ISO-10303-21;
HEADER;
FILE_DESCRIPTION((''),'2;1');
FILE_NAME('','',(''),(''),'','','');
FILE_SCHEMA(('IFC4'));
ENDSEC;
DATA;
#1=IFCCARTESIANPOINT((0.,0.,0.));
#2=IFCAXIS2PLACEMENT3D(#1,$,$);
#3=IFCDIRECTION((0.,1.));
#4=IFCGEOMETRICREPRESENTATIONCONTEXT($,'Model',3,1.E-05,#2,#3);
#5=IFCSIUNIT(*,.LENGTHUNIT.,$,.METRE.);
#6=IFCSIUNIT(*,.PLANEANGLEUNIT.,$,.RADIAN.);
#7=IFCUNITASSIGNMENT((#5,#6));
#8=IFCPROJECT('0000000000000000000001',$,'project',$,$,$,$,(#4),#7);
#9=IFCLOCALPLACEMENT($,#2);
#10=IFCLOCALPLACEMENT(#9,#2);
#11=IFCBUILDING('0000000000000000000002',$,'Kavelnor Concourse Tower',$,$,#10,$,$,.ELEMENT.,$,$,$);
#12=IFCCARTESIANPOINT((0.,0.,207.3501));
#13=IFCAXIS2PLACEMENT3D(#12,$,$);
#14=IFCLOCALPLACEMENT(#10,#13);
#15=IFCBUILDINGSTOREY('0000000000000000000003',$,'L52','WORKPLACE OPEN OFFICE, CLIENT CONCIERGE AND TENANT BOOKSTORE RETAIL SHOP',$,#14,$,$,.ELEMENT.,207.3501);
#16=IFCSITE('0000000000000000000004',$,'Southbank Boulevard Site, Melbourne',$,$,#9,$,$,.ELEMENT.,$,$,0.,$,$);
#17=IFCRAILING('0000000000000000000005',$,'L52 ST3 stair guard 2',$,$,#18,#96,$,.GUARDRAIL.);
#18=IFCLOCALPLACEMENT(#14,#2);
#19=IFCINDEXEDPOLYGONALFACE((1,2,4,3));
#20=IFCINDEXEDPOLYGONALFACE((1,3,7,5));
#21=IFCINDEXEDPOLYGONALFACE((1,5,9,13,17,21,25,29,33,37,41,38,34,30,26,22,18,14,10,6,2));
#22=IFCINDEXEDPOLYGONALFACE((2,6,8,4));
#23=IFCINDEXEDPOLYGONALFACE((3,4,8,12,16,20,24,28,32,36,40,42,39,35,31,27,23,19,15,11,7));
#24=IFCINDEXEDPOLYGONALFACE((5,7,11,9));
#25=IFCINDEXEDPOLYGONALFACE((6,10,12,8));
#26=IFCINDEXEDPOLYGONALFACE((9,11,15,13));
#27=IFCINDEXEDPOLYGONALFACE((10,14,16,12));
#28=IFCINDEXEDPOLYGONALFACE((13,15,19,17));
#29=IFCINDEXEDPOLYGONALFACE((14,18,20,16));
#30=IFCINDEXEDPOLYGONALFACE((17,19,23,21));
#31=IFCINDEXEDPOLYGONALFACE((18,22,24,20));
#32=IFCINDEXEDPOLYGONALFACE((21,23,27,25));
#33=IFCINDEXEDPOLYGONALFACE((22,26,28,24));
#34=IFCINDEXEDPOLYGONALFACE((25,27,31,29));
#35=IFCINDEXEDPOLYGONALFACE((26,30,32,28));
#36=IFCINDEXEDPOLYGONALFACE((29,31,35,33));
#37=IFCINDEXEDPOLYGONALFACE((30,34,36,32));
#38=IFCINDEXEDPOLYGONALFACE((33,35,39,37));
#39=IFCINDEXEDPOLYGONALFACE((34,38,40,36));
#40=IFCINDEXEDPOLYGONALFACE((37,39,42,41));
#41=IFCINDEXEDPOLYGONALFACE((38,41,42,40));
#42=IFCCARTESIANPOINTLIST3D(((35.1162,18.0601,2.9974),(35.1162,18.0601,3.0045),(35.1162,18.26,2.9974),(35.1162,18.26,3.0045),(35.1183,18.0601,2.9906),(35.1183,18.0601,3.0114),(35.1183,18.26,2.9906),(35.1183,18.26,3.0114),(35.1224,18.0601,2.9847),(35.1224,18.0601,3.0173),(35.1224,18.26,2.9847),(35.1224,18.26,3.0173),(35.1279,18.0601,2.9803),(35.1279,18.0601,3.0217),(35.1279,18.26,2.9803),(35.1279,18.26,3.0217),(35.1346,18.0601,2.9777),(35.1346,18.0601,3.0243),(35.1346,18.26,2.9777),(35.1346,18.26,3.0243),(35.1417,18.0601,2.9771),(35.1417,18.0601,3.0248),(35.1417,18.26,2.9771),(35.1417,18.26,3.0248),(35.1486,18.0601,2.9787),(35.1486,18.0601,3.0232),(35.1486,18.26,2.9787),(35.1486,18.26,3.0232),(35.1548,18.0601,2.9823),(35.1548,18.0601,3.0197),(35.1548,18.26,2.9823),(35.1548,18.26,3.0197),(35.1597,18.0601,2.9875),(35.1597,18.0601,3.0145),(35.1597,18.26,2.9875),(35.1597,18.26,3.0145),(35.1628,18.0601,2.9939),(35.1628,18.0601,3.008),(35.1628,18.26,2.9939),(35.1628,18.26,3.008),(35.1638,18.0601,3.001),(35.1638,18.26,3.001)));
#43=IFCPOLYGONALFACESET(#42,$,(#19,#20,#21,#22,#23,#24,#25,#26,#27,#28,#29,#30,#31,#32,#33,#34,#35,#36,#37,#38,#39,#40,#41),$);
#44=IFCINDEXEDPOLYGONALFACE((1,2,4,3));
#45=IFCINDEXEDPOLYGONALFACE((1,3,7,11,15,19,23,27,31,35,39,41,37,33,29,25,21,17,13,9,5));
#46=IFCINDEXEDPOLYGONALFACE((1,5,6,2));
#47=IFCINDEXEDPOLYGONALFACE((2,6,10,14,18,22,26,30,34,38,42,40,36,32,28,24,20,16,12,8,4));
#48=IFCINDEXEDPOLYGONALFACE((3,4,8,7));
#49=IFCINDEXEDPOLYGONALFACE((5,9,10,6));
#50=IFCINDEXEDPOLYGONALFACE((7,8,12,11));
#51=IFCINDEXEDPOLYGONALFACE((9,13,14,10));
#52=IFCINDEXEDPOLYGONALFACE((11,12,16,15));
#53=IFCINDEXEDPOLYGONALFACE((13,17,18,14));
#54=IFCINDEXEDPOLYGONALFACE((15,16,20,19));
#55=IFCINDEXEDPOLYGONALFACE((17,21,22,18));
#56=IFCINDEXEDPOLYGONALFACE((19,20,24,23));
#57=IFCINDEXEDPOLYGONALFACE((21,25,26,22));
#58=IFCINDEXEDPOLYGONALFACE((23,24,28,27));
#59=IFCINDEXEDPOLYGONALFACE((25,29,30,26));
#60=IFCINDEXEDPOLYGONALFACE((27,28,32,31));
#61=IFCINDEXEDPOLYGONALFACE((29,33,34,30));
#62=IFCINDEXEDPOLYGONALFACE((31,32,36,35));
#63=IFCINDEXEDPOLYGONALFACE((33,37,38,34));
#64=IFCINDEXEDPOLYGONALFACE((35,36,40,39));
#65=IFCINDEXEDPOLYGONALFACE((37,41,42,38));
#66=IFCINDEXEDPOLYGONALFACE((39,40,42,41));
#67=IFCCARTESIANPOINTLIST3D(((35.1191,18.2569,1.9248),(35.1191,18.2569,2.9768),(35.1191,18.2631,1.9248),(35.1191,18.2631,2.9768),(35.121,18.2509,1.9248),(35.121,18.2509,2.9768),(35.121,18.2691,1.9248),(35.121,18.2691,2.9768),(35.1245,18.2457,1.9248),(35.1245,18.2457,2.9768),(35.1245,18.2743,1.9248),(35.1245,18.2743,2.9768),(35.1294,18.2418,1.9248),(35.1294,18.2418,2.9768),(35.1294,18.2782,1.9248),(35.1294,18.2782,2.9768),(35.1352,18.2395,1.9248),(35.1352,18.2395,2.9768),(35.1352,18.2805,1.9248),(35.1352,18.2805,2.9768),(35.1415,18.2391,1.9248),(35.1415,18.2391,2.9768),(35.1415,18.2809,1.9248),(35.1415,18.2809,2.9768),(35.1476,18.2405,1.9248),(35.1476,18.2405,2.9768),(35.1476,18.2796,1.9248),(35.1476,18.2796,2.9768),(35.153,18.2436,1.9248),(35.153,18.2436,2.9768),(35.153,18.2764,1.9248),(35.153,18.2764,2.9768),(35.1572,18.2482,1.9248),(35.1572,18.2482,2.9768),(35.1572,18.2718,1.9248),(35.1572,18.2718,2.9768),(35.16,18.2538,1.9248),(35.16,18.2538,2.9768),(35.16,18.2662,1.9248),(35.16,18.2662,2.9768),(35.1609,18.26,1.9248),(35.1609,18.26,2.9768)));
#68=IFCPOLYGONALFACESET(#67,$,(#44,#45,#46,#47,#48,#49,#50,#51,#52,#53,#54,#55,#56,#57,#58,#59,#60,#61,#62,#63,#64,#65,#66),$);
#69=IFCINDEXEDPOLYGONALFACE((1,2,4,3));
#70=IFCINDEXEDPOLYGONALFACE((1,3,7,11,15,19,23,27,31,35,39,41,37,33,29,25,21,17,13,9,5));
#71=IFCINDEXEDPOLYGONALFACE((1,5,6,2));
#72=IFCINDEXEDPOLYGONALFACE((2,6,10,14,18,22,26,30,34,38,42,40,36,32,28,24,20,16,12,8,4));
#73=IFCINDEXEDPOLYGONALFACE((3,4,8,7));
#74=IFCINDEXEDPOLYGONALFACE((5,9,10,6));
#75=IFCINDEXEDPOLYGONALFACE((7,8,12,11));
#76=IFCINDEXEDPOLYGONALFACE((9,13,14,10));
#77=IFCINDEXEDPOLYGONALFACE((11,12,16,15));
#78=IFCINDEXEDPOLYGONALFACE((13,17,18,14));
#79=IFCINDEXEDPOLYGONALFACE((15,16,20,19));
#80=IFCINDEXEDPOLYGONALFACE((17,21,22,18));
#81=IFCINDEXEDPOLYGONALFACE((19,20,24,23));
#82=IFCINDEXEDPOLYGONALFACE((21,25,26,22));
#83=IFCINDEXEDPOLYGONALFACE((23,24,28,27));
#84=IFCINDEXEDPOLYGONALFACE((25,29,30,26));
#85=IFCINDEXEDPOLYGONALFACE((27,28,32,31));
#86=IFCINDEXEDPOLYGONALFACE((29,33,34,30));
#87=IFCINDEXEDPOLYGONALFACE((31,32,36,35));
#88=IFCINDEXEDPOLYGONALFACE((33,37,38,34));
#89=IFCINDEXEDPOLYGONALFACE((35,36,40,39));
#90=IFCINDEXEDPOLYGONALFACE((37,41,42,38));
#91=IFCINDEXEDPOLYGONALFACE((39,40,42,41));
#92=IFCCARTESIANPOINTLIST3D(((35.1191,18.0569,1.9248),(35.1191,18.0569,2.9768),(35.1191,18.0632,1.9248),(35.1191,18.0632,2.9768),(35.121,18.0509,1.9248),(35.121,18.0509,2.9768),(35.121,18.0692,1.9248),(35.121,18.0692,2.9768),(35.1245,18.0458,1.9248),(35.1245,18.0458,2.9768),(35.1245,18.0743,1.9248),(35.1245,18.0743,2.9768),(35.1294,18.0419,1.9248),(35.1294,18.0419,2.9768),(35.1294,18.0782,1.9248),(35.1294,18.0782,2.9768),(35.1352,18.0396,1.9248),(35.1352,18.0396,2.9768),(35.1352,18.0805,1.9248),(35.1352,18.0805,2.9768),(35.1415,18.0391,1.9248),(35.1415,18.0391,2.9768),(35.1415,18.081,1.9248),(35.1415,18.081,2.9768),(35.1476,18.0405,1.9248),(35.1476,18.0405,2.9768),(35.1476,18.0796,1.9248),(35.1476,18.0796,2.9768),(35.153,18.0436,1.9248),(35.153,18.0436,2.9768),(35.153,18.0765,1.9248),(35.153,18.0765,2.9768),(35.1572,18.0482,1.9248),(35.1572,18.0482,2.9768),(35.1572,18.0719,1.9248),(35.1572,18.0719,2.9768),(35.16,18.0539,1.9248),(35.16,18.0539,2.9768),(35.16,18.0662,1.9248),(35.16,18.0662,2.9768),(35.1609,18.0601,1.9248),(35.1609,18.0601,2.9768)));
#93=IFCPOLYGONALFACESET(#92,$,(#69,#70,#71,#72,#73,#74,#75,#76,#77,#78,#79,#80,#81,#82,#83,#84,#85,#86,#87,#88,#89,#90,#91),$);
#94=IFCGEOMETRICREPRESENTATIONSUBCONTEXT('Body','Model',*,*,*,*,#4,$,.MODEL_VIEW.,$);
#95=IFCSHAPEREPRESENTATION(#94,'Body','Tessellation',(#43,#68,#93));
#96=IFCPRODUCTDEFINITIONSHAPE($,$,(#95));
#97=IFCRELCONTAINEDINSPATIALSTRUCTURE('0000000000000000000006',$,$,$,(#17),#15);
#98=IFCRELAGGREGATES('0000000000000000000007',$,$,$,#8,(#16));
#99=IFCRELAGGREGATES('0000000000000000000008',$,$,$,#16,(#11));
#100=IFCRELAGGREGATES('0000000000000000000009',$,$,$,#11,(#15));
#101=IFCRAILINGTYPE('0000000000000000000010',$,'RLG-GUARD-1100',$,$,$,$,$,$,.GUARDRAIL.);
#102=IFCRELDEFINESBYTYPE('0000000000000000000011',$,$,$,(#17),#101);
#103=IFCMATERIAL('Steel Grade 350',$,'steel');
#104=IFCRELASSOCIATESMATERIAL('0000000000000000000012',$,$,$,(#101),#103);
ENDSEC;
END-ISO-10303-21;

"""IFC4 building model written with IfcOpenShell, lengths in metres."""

from ifc_helpers import new_model, si_unit, direction, frame, origin, origin_2d, place, context, subcontext, project, spatial, circle, extrude, material, type_object, element, save


model = new_model("IFC4")

# Units and contexts
model_context = context("Model", 3, precision=1e-05, world=origin(), true_north=direction((0.0, 1.0)))
body_context = subcontext(model_context, "Body", "Model", "MODEL_VIEW")
ifc_project = project(units=[si_unit("LENGTHUNIT", "METRE"), si_unit("PLANEANGLEUNIT", "RADIAN")], contexts=[model_context])

# Site, building, storey
site_placement = place(None, origin())
site = spatial("IfcSite", under=ifc_project, at=site_placement, Name="Southbank Boulevard Site, Melbourne", CompositionType="ELEMENT", RefElevation=0.0)
building_placement = place(site_placement, origin())
building = spatial("IfcBuilding", under=site, at=building_placement, Name="Kavelnor Concourse Tower", CompositionType="ELEMENT")
storey_placement = place(building_placement, frame((0.0, 0.0, 207.3501)))
storey = spatial("IfcBuildingStorey", under=building, at=storey_placement, Name="L52", Description="WORKPLACE OPEN OFFICE, CLIENT CONCIERGE AND TENANT BOOKSTORE RETAIL SHOP", CompositionType="ELEMENT", Elevation=207.3501)

# Shared definitions
ifc_material_1 = material(Name="Steel Grade 350", Category="steel")

# Railing
railing_type_1 = type_object("IfcRailingType", Name="RLG-GUARD-1100", PredefinedType="GUARDRAIL", material=ifc_material_1)
railing_1_placement = place(storey_placement, frame((35.1399, 18.26, 1.9248)))
element("IfcRailing", 1, at=railing_1_placement, inside=storey, type_object=railing_type_1, Name="L52 ST3 stair guard 2", PredefinedType="GUARDRAIL", context=body_context, shape_type="SweptSolid", body=[
    extrude(circle(Radius=0.0239, at=origin_2d()), frame((0.0, 0.0, 1.0762), z_axis=(0.0, -1.0, 0.0), x_axis=(1.0, 0.0, 0.0)), (0.0, 0.0, 1.0), 0.2),
    extrude(circle(Radius=0.021, at=origin_2d()), origin(), (0.0, 0.0, 1.0), 1.052),
    extrude(circle(Radius=0.021, at=origin_2d()), frame((0.0, -0.2, 0.0)), (0.0, 0.0, 1.0), 1.052),
])

save(model, "model.ifc")
